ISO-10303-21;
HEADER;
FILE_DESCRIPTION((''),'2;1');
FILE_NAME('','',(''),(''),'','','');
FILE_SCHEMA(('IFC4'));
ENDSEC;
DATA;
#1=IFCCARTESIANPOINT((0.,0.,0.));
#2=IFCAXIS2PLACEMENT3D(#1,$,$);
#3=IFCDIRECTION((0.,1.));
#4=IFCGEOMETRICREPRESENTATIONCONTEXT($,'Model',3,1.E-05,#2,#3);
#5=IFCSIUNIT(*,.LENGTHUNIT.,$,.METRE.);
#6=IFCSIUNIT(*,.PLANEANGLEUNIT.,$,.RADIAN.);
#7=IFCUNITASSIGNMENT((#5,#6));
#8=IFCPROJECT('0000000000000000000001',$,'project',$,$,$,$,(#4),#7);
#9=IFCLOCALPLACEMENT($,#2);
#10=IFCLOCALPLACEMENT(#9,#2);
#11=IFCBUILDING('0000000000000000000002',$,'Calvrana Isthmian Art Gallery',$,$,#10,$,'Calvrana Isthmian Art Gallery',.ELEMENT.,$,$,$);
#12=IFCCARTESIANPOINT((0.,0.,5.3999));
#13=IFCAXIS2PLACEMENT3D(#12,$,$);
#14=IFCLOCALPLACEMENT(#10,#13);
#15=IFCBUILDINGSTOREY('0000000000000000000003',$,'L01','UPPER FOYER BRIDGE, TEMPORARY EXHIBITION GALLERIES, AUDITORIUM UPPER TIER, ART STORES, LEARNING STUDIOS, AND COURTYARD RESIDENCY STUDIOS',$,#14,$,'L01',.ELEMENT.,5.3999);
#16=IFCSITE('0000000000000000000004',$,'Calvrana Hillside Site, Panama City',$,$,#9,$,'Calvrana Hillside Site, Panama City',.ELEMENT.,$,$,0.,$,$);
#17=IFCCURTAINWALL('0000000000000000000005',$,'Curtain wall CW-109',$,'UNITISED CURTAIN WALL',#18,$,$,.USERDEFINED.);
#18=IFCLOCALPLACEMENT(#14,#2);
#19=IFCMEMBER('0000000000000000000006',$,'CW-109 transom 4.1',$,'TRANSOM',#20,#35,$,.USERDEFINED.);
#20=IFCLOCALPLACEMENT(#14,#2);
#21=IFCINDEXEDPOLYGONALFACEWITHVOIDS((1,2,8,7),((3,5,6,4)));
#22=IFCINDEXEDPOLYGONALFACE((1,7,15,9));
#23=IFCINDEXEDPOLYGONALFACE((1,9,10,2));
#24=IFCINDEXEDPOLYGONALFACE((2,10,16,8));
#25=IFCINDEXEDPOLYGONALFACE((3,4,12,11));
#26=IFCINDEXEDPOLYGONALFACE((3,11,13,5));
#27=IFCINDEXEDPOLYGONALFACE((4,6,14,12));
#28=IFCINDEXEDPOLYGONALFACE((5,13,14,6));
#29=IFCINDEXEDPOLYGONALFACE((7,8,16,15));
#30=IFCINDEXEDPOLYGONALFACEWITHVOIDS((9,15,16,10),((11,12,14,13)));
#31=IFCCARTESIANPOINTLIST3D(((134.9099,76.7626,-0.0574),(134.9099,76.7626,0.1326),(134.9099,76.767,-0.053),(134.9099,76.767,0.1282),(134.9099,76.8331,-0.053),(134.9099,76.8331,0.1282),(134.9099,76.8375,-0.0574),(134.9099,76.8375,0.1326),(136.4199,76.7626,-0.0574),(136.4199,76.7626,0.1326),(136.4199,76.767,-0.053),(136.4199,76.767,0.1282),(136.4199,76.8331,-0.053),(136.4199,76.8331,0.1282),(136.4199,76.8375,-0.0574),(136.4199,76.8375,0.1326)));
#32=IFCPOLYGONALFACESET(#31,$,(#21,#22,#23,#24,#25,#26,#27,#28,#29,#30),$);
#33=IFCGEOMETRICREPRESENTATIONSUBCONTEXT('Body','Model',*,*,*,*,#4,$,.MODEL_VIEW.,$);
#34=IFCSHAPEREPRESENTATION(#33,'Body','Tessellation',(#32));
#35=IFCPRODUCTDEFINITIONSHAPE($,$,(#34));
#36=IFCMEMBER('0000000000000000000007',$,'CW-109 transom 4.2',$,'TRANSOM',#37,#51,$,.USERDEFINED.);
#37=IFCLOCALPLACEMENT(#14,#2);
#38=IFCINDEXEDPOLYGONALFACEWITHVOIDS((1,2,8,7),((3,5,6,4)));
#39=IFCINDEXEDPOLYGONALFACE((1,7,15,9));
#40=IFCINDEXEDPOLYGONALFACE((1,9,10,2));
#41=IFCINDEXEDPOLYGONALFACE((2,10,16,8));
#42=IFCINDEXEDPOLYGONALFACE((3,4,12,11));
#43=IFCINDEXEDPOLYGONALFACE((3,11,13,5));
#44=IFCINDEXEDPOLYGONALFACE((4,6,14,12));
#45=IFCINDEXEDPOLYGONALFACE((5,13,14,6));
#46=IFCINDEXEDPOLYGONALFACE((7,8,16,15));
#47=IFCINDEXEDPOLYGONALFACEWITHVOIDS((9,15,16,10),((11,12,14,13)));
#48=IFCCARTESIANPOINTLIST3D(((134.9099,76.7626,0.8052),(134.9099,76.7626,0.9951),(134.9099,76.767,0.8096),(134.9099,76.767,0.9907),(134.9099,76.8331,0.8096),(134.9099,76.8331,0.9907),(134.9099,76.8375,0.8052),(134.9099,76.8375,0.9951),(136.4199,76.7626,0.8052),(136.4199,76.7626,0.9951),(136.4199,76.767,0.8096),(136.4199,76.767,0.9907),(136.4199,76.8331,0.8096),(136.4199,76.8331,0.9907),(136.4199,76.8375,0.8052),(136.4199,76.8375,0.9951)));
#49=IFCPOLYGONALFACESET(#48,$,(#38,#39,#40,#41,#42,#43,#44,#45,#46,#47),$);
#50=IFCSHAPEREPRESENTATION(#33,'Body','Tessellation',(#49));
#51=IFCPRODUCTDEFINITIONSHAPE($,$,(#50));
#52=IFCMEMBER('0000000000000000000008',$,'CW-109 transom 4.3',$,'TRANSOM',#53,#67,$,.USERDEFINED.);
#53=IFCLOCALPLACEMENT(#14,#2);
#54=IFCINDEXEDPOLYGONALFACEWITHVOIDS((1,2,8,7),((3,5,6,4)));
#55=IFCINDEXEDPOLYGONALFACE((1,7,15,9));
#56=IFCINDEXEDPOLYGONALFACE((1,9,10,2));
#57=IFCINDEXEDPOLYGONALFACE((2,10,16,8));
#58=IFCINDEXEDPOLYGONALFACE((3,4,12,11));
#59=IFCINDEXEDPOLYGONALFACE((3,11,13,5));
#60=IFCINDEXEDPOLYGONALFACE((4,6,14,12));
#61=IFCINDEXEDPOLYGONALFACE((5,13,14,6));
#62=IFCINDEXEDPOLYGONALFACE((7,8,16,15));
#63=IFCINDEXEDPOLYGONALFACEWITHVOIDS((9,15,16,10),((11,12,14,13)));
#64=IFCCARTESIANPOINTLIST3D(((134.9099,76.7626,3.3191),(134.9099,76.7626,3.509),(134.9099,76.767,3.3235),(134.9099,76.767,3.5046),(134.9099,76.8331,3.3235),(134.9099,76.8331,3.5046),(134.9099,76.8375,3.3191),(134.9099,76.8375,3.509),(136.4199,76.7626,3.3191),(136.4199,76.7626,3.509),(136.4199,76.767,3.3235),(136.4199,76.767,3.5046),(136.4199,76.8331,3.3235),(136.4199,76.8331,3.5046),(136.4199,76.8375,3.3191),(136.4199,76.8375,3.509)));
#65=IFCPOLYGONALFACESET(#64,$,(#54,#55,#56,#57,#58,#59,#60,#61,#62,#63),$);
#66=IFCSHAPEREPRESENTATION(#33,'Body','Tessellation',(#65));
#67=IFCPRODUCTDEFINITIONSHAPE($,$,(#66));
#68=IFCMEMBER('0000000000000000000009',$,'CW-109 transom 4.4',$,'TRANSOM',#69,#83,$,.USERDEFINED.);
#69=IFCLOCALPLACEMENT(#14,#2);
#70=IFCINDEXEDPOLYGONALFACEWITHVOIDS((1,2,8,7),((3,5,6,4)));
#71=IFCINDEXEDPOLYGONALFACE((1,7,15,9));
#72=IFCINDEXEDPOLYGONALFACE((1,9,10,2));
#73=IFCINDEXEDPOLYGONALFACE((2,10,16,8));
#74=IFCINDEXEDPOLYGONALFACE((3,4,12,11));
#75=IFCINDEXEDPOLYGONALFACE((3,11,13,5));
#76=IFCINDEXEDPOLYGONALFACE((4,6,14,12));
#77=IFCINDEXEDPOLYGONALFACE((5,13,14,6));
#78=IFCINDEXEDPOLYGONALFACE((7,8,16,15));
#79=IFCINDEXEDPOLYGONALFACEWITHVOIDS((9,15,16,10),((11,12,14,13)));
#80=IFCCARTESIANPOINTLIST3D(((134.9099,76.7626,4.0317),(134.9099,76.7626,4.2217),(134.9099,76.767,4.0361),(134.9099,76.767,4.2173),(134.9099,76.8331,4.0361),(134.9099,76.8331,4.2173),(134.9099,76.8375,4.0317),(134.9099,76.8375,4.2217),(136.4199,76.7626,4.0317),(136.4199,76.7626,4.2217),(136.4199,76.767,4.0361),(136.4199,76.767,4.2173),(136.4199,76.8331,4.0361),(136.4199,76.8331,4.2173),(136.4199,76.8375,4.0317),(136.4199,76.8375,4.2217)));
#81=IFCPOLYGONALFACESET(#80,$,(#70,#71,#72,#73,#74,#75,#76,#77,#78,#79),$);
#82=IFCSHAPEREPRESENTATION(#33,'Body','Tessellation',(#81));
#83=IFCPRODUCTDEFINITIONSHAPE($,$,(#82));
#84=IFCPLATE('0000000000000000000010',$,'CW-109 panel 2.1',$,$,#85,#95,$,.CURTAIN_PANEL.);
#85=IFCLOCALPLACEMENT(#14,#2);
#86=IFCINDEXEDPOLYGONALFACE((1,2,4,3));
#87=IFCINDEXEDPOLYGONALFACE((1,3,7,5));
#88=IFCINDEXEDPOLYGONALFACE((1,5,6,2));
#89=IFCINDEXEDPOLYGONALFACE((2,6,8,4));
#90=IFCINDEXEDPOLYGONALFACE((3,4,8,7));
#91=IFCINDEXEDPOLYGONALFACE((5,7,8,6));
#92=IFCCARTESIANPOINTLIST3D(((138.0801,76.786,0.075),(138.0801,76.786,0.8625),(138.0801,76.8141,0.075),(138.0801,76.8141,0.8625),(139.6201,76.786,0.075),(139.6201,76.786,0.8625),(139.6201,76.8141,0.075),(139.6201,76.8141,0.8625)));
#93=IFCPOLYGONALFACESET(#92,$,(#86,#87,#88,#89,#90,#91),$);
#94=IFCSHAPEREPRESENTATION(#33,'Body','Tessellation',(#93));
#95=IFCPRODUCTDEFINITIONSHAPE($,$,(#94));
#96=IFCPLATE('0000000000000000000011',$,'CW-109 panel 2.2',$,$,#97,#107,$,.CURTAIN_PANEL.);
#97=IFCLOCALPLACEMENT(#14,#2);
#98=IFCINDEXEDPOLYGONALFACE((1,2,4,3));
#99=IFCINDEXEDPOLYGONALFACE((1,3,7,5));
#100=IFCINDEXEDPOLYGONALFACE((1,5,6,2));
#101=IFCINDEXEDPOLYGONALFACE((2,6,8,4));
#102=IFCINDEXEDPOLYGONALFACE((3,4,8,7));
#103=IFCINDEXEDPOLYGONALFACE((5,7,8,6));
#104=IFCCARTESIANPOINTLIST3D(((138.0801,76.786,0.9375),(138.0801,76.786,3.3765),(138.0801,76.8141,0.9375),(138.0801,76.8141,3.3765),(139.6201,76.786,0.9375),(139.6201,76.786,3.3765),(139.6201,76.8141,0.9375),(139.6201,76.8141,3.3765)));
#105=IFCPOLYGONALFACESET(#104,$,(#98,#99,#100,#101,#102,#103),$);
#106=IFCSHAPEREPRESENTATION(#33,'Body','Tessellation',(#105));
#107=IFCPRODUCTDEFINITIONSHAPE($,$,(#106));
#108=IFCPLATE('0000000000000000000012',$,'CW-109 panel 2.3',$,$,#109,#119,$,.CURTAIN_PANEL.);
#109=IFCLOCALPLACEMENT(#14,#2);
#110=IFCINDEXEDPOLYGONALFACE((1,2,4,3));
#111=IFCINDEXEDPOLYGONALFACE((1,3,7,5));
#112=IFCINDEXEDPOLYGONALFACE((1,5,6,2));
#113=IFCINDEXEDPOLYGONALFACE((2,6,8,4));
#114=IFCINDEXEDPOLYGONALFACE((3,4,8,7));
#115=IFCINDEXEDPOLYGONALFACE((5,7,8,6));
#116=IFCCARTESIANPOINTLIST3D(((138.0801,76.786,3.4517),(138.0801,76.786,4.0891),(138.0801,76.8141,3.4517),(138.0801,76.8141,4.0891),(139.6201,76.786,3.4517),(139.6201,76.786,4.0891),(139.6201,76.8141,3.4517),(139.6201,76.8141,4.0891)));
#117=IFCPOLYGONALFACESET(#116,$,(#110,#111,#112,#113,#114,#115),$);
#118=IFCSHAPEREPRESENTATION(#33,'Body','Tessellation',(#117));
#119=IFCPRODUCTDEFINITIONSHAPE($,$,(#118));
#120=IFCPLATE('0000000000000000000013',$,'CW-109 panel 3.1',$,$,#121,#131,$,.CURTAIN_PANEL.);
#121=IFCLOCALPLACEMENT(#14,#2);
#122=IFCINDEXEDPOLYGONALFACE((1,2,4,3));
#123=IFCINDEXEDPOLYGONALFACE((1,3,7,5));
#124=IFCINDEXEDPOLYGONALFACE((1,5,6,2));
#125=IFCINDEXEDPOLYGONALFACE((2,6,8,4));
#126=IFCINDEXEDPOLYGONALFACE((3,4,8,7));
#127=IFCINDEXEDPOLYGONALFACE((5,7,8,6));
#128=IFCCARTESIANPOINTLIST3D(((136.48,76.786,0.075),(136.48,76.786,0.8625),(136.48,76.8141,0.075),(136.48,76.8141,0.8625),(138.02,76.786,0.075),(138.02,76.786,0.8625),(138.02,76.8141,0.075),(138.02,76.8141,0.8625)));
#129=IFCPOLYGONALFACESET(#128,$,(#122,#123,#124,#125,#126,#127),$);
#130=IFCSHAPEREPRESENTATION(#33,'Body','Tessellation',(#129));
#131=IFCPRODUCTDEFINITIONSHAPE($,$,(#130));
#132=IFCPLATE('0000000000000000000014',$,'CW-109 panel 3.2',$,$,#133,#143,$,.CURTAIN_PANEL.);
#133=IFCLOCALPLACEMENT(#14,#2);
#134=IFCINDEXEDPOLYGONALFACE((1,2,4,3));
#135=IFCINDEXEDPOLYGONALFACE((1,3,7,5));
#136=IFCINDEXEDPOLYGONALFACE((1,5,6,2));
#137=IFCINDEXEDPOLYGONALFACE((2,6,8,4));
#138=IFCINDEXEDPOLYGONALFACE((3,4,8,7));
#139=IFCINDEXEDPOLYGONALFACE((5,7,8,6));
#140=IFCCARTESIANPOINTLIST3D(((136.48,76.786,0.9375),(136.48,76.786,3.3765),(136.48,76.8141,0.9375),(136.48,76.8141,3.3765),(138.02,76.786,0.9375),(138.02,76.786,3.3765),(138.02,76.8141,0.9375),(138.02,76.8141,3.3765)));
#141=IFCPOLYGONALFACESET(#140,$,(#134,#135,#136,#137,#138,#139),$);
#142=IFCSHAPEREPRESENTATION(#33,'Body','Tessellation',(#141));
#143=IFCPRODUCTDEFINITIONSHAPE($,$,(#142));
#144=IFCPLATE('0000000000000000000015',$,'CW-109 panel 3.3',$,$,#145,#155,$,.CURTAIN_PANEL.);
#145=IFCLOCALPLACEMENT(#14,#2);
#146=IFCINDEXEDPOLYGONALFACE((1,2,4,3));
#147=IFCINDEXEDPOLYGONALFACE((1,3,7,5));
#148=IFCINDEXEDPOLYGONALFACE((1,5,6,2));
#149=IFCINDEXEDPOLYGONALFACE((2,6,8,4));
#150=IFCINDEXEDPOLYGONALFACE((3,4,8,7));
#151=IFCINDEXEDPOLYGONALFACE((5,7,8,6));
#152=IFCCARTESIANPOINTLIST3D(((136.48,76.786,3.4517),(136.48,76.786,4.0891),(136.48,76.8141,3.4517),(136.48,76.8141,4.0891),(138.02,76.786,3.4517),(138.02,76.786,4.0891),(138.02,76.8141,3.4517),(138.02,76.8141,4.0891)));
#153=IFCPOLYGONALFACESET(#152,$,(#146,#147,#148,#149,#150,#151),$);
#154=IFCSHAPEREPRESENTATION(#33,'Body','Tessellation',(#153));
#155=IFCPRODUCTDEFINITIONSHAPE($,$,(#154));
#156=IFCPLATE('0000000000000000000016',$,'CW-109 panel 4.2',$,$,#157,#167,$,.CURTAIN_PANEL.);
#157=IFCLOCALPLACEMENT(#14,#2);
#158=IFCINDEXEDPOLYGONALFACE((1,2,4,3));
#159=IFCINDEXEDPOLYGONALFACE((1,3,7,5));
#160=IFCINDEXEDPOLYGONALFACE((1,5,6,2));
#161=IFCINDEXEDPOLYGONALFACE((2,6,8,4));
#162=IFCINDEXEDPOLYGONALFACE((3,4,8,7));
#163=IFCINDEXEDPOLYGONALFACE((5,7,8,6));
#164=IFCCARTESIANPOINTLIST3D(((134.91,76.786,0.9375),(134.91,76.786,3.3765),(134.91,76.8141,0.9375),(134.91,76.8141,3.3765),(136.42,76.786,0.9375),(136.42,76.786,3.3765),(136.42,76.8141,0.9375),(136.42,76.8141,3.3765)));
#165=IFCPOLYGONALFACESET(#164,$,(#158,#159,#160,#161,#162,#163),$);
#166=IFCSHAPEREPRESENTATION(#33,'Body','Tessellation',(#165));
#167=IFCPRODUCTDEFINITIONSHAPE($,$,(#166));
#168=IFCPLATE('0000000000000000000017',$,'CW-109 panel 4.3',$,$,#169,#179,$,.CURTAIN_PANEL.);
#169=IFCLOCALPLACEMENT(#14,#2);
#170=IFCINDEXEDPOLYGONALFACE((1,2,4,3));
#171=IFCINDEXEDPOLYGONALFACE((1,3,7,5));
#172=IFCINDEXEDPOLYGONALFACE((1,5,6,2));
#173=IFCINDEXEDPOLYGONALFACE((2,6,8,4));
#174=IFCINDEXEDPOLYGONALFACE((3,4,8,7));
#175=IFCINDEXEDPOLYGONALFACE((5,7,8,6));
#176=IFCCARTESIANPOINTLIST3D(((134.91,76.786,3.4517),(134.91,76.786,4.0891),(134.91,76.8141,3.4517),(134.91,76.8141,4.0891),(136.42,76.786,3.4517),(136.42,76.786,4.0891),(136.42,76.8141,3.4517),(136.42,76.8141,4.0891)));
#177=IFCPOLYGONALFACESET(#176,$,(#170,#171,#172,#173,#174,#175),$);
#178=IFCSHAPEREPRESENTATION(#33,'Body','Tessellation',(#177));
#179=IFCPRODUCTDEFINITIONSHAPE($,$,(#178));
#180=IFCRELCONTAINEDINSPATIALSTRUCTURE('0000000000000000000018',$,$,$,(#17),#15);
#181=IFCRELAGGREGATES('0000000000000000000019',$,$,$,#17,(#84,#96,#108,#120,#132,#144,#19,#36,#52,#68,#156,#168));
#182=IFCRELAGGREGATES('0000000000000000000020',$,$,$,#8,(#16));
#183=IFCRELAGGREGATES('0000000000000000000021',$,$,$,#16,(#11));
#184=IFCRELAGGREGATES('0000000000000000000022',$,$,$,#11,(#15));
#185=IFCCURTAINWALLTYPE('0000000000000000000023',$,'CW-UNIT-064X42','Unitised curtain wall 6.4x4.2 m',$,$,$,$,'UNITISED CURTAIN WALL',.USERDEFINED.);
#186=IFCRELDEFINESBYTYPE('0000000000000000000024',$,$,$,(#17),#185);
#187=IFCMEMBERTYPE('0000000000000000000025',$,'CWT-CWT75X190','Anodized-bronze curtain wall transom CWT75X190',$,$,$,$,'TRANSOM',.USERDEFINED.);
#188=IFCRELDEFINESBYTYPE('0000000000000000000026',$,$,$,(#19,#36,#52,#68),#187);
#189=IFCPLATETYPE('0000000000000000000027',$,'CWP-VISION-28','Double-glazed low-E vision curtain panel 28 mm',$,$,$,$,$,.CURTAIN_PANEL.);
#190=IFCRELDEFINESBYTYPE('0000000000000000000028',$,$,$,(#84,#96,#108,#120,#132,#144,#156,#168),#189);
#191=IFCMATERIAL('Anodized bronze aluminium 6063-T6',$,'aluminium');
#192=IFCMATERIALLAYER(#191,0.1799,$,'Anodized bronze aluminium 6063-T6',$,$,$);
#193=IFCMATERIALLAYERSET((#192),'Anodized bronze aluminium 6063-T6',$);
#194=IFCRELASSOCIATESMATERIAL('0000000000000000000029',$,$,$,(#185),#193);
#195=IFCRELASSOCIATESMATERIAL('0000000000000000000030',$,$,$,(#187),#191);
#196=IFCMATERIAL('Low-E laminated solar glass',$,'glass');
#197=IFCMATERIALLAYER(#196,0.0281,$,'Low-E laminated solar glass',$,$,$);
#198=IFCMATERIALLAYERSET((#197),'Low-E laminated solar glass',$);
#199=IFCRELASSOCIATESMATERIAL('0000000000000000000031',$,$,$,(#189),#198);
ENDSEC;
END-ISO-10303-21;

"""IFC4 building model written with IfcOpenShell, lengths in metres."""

from ifc_helpers import new_model, si_unit, direction, frame, origin, origin_2d, place, context, subcontext, project, spatial, rectangle, hollow_rectangle, extrude, material, layer, layer_set, material_profile, profile_set, type_object, element, aggregate, save


model = new_model("IFC4")

# Units and contexts
model_context = context("Model", 3, precision=1e-05, world=origin(), true_north=direction((0.0, 1.0)))
body_context = subcontext(model_context, "Body", "Model", "MODEL_VIEW")
ifc_project = project(units=[si_unit("LENGTHUNIT", "METRE"), si_unit("PLANEANGLEUNIT", "RADIAN")], contexts=[model_context])

# Site, building, storey
site_placement = place(None, origin())
site = spatial("IfcSite", under=ifc_project, at=site_placement, Name="Calvrana Hillside Site, Panama City", LongName="Calvrana Hillside Site, Panama City", CompositionType="ELEMENT", RefElevation=0.0)
building_placement = place(site_placement, origin())
building = spatial("IfcBuilding", under=site, at=building_placement, Name="Calvrana Isthmian Art Gallery", LongName="Calvrana Isthmian Art Gallery", CompositionType="ELEMENT")
storey_placement = place(building_placement, frame((0.0, 0.0, 5.3999)))
storey = spatial("IfcBuildingStorey", under=building, at=storey_placement, Name="L01", Description="UPPER FOYER BRIDGE, TEMPORARY EXHIBITION GALLERIES, AUDITORIUM UPPER TIER, ART STORES, LEARNING STUDIOS, AND COURTYARD RESIDENCY STUDIOS", LongName="L01", CompositionType="ELEMENT", Elevation=5.3999)

# Curtain wall, members, plates
ifc_material_1 = material(Name="Anodized bronze aluminium 6063-T6", Category="aluminium")
ifc_layer_1 = layer(ifc_material_1, 0.1799, Name="Anodized bronze aluminium 6063-T6")
ifc_layer_set_1 = layer_set([ifc_layer_1], Name="Anodized bronze aluminium 6063-T6")
curtain_wall_type = type_object("IfcCurtainWallType", Name="CW-UNIT-064X42", Description="Unitised curtain wall 6.4x4.2 m", ElementType="UNITISED CURTAIN WALL", PredefinedType="USERDEFINED", material=ifc_layer_set_1)
curtain_wall_placement = place(storey_placement, origin())
curtain_wall = element("IfcCurtainWall", 1, at=curtain_wall_placement, inside=storey, type_object=curtain_wall_type, Name="Curtain wall CW-109", ObjectType="UNITISED CURTAIN WALL", PredefinedType="USERDEFINED")
ifc_material_profile_1 = material_profile(ifc_material_1, hollow_rectangle(XDim=0.075, YDim=0.1899, WallThickness=0.0044, at=origin_2d()), Name="CWT75X190")
ifc_profile_set_1 = profile_set([ifc_material_profile_1], Name="Anodized bronze aluminium 6063-T6")
member_type_1 = type_object("IfcMemberType", Name="CWT-CWT75X190", Description="Anodized-bronze curtain wall transom CWT75X190", ElementType="TRANSOM", PredefinedType="USERDEFINED", material=ifc_profile_set_1)
member_1_placement = place(storey_placement, frame((136.4199, 76.8, 0.0376), z_axis=(-1.0, 0.0, 0.0), x_axis=(0.0, -1.0, 0.0)))
member_1 = element("IfcMember", 2, at=member_1_placement, type_object=member_type_1, Name="CW-109 transom 4.1", ObjectType="TRANSOM", PredefinedType="USERDEFINED", context=body_context, shape_type="SweptSolid", body=[
    extrude(hollow_rectangle(XDim=0.075, YDim=0.1899, WallThickness=0.0044, at=origin_2d()), origin(), (0.0, 0.0, 1.0), 1.51),
])
member_2_placement = place(storey_placement, frame((136.4199, 76.8, 0.9001), z_axis=(-1.0, 0.0, 0.0), x_axis=(0.0, -1.0, 0.0)))
member_2 = element("IfcMember", 3, at=member_2_placement, type_object=member_type_1, Name="CW-109 transom 4.2", ObjectType="TRANSOM", PredefinedType="USERDEFINED", context=body_context, shape_type="SweptSolid", body=[
    extrude(hollow_rectangle(XDim=0.075, YDim=0.1899, WallThickness=0.0044, at=origin_2d()), origin(), (0.0, 0.0, 1.0), 1.51),
])
member_3_placement = place(storey_placement, frame((136.4199, 76.8, 3.4141), z_axis=(-1.0, 0.0, 0.0), x_axis=(0.0, -1.0, 0.0)))
member_3 = element("IfcMember", 4, at=member_3_placement, type_object=member_type_1, Name="CW-109 transom 4.3", ObjectType="TRANSOM", PredefinedType="USERDEFINED", context=body_context, shape_type="SweptSolid", body=[
    extrude(hollow_rectangle(XDim=0.075, YDim=0.1899, WallThickness=0.0044, at=origin_2d()), origin(), (0.0, 0.0, 1.0), 1.51),
])
member_4_placement = place(storey_placement, frame((136.4199, 76.8, 4.1267), z_axis=(-1.0, 0.0, 0.0), x_axis=(0.0, -1.0, 0.0)))
member_4 = element("IfcMember", 5, at=member_4_placement, type_object=member_type_1, Name="CW-109 transom 4.4", ObjectType="TRANSOM", PredefinedType="USERDEFINED", context=body_context, shape_type="SweptSolid", body=[
    extrude(hollow_rectangle(XDim=0.075, YDim=0.1899, WallThickness=0.0044, at=origin_2d()), origin(), (0.0, 0.0, 1.0), 1.51),
])
ifc_material_2 = material(Name="Low-E laminated solar glass", Category="glass")
ifc_layer_2 = layer(ifc_material_2, 0.0281, Name="Low-E laminated solar glass")
ifc_layer_set_2 = layer_set([ifc_layer_2], Name="Low-E laminated solar glass")
plate_type = type_object("IfcPlateType", Name="CWP-VISION-28", Description="Double-glazed low-E vision curtain panel 28 mm", PredefinedType="CURTAIN_PANEL", material=ifc_layer_set_2)
plate_1_placement = place(storey_placement, frame((138.8501, 76.8, 0.075), z_axis=(0.0, 0.0, 1.0), x_axis=(-1.0, 0.0, 0.0)))
plate_1 = element("IfcPlate", 6, at=plate_1_placement, type_object=plate_type, Name="CW-109 panel 2.1", PredefinedType="CURTAIN_PANEL", context=body_context, shape_type="SweptSolid", body=[
    extrude(rectangle(XDim=1.54, YDim=0.0281, at=origin_2d()), origin(), (0.0, 0.0, 1.0), 0.7876),
])
plate_2_placement = place(storey_placement, frame((138.8501, 76.8, 0.9375), z_axis=(0.0, 0.0, 1.0), x_axis=(-1.0, 0.0, 0.0)))
plate_2 = element("IfcPlate", 7, at=plate_2_placement, type_object=plate_type, Name="CW-109 panel 2.2", PredefinedType="CURTAIN_PANEL", context=body_context, shape_type="SweptSolid", body=[
    extrude(rectangle(XDim=1.54, YDim=0.0281, at=origin_2d()), origin(), (0.0, 0.0, 1.0), 2.439),
])
plate_3_placement = place(storey_placement, frame((138.8501, 76.8, 3.4517), z_axis=(0.0, 0.0, 1.0), x_axis=(-1.0, 0.0, 0.0)))
plate_3 = element("IfcPlate", 8, at=plate_3_placement, type_object=plate_type, Name="CW-109 panel 2.3", PredefinedType="CURTAIN_PANEL", context=body_context, shape_type="SweptSolid", body=[
    extrude(rectangle(XDim=1.54, YDim=0.0281, at=origin_2d()), origin(), (0.0, 0.0, 1.0), 0.6375),
])
plate_4_placement = place(storey_placement, frame((137.25, 76.8, 0.075), z_axis=(0.0, 0.0, 1.0), x_axis=(-1.0, 0.0, 0.0)))
plate_4 = element("IfcPlate", 9, at=plate_4_placement, type_object=plate_type, Name="CW-109 panel 3.1", PredefinedType="CURTAIN_PANEL", context=body_context, shape_type="SweptSolid", body=[
    extrude(rectangle(XDim=1.54, YDim=0.0281, at=origin_2d()), origin(), (0.0, 0.0, 1.0), 0.7876),
])
plate_5_placement = place(storey_placement, frame((137.25, 76.8, 0.9375), z_axis=(0.0, 0.0, 1.0), x_axis=(-1.0, 0.0, 0.0)))
plate_5 = element("IfcPlate", 10, at=plate_5_placement, type_object=plate_type, Name="CW-109 panel 3.2", PredefinedType="CURTAIN_PANEL", context=body_context, shape_type="SweptSolid", body=[
    extrude(rectangle(XDim=1.54, YDim=0.0281, at=origin_2d()), origin(), (0.0, 0.0, 1.0), 2.439),
])
plate_6_placement = place(storey_placement, frame((137.25, 76.8, 3.4517), z_axis=(0.0, 0.0, 1.0), x_axis=(-1.0, 0.0, 0.0)))
plate_6 = element("IfcPlate", 11, at=plate_6_placement, type_object=plate_type, Name="CW-109 panel 3.3", PredefinedType="CURTAIN_PANEL", context=body_context, shape_type="SweptSolid", body=[
    extrude(rectangle(XDim=1.54, YDim=0.0281, at=origin_2d()), origin(), (0.0, 0.0, 1.0), 0.6375),
])
plate_7_placement = place(storey_placement, frame((135.665, 76.8, 0.9375), z_axis=(0.0, 0.0, 1.0), x_axis=(-1.0, 0.0, 0.0)))
plate_7 = element("IfcPlate", 12, at=plate_7_placement, type_object=plate_type, Name="CW-109 panel 4.2", PredefinedType="CURTAIN_PANEL", context=body_context, shape_type="SweptSolid", body=[
    extrude(rectangle(XDim=1.51, YDim=0.0281, at=origin_2d()), origin(), (0.0, 0.0, 1.0), 2.439),
])
plate_8_placement = place(storey_placement, frame((135.665, 76.8, 3.4517), z_axis=(0.0, 0.0, 1.0), x_axis=(-1.0, 0.0, 0.0)))
plate_8 = element("IfcPlate", 13, at=plate_8_placement, type_object=plate_type, Name="CW-109 panel 4.3", PredefinedType="CURTAIN_PANEL", context=body_context, shape_type="SweptSolid", body=[
    extrude(rectangle(XDim=1.51, YDim=0.0281, at=origin_2d()), origin(), (0.0, 0.0, 1.0), 0.6375),
])
aggregate(curtain_wall, [plate_1, plate_2, plate_3, plate_4, plate_5, plate_6, member_1, member_2, member_3, member_4, plate_7, plate_8])

save(model, "model.ifc")
